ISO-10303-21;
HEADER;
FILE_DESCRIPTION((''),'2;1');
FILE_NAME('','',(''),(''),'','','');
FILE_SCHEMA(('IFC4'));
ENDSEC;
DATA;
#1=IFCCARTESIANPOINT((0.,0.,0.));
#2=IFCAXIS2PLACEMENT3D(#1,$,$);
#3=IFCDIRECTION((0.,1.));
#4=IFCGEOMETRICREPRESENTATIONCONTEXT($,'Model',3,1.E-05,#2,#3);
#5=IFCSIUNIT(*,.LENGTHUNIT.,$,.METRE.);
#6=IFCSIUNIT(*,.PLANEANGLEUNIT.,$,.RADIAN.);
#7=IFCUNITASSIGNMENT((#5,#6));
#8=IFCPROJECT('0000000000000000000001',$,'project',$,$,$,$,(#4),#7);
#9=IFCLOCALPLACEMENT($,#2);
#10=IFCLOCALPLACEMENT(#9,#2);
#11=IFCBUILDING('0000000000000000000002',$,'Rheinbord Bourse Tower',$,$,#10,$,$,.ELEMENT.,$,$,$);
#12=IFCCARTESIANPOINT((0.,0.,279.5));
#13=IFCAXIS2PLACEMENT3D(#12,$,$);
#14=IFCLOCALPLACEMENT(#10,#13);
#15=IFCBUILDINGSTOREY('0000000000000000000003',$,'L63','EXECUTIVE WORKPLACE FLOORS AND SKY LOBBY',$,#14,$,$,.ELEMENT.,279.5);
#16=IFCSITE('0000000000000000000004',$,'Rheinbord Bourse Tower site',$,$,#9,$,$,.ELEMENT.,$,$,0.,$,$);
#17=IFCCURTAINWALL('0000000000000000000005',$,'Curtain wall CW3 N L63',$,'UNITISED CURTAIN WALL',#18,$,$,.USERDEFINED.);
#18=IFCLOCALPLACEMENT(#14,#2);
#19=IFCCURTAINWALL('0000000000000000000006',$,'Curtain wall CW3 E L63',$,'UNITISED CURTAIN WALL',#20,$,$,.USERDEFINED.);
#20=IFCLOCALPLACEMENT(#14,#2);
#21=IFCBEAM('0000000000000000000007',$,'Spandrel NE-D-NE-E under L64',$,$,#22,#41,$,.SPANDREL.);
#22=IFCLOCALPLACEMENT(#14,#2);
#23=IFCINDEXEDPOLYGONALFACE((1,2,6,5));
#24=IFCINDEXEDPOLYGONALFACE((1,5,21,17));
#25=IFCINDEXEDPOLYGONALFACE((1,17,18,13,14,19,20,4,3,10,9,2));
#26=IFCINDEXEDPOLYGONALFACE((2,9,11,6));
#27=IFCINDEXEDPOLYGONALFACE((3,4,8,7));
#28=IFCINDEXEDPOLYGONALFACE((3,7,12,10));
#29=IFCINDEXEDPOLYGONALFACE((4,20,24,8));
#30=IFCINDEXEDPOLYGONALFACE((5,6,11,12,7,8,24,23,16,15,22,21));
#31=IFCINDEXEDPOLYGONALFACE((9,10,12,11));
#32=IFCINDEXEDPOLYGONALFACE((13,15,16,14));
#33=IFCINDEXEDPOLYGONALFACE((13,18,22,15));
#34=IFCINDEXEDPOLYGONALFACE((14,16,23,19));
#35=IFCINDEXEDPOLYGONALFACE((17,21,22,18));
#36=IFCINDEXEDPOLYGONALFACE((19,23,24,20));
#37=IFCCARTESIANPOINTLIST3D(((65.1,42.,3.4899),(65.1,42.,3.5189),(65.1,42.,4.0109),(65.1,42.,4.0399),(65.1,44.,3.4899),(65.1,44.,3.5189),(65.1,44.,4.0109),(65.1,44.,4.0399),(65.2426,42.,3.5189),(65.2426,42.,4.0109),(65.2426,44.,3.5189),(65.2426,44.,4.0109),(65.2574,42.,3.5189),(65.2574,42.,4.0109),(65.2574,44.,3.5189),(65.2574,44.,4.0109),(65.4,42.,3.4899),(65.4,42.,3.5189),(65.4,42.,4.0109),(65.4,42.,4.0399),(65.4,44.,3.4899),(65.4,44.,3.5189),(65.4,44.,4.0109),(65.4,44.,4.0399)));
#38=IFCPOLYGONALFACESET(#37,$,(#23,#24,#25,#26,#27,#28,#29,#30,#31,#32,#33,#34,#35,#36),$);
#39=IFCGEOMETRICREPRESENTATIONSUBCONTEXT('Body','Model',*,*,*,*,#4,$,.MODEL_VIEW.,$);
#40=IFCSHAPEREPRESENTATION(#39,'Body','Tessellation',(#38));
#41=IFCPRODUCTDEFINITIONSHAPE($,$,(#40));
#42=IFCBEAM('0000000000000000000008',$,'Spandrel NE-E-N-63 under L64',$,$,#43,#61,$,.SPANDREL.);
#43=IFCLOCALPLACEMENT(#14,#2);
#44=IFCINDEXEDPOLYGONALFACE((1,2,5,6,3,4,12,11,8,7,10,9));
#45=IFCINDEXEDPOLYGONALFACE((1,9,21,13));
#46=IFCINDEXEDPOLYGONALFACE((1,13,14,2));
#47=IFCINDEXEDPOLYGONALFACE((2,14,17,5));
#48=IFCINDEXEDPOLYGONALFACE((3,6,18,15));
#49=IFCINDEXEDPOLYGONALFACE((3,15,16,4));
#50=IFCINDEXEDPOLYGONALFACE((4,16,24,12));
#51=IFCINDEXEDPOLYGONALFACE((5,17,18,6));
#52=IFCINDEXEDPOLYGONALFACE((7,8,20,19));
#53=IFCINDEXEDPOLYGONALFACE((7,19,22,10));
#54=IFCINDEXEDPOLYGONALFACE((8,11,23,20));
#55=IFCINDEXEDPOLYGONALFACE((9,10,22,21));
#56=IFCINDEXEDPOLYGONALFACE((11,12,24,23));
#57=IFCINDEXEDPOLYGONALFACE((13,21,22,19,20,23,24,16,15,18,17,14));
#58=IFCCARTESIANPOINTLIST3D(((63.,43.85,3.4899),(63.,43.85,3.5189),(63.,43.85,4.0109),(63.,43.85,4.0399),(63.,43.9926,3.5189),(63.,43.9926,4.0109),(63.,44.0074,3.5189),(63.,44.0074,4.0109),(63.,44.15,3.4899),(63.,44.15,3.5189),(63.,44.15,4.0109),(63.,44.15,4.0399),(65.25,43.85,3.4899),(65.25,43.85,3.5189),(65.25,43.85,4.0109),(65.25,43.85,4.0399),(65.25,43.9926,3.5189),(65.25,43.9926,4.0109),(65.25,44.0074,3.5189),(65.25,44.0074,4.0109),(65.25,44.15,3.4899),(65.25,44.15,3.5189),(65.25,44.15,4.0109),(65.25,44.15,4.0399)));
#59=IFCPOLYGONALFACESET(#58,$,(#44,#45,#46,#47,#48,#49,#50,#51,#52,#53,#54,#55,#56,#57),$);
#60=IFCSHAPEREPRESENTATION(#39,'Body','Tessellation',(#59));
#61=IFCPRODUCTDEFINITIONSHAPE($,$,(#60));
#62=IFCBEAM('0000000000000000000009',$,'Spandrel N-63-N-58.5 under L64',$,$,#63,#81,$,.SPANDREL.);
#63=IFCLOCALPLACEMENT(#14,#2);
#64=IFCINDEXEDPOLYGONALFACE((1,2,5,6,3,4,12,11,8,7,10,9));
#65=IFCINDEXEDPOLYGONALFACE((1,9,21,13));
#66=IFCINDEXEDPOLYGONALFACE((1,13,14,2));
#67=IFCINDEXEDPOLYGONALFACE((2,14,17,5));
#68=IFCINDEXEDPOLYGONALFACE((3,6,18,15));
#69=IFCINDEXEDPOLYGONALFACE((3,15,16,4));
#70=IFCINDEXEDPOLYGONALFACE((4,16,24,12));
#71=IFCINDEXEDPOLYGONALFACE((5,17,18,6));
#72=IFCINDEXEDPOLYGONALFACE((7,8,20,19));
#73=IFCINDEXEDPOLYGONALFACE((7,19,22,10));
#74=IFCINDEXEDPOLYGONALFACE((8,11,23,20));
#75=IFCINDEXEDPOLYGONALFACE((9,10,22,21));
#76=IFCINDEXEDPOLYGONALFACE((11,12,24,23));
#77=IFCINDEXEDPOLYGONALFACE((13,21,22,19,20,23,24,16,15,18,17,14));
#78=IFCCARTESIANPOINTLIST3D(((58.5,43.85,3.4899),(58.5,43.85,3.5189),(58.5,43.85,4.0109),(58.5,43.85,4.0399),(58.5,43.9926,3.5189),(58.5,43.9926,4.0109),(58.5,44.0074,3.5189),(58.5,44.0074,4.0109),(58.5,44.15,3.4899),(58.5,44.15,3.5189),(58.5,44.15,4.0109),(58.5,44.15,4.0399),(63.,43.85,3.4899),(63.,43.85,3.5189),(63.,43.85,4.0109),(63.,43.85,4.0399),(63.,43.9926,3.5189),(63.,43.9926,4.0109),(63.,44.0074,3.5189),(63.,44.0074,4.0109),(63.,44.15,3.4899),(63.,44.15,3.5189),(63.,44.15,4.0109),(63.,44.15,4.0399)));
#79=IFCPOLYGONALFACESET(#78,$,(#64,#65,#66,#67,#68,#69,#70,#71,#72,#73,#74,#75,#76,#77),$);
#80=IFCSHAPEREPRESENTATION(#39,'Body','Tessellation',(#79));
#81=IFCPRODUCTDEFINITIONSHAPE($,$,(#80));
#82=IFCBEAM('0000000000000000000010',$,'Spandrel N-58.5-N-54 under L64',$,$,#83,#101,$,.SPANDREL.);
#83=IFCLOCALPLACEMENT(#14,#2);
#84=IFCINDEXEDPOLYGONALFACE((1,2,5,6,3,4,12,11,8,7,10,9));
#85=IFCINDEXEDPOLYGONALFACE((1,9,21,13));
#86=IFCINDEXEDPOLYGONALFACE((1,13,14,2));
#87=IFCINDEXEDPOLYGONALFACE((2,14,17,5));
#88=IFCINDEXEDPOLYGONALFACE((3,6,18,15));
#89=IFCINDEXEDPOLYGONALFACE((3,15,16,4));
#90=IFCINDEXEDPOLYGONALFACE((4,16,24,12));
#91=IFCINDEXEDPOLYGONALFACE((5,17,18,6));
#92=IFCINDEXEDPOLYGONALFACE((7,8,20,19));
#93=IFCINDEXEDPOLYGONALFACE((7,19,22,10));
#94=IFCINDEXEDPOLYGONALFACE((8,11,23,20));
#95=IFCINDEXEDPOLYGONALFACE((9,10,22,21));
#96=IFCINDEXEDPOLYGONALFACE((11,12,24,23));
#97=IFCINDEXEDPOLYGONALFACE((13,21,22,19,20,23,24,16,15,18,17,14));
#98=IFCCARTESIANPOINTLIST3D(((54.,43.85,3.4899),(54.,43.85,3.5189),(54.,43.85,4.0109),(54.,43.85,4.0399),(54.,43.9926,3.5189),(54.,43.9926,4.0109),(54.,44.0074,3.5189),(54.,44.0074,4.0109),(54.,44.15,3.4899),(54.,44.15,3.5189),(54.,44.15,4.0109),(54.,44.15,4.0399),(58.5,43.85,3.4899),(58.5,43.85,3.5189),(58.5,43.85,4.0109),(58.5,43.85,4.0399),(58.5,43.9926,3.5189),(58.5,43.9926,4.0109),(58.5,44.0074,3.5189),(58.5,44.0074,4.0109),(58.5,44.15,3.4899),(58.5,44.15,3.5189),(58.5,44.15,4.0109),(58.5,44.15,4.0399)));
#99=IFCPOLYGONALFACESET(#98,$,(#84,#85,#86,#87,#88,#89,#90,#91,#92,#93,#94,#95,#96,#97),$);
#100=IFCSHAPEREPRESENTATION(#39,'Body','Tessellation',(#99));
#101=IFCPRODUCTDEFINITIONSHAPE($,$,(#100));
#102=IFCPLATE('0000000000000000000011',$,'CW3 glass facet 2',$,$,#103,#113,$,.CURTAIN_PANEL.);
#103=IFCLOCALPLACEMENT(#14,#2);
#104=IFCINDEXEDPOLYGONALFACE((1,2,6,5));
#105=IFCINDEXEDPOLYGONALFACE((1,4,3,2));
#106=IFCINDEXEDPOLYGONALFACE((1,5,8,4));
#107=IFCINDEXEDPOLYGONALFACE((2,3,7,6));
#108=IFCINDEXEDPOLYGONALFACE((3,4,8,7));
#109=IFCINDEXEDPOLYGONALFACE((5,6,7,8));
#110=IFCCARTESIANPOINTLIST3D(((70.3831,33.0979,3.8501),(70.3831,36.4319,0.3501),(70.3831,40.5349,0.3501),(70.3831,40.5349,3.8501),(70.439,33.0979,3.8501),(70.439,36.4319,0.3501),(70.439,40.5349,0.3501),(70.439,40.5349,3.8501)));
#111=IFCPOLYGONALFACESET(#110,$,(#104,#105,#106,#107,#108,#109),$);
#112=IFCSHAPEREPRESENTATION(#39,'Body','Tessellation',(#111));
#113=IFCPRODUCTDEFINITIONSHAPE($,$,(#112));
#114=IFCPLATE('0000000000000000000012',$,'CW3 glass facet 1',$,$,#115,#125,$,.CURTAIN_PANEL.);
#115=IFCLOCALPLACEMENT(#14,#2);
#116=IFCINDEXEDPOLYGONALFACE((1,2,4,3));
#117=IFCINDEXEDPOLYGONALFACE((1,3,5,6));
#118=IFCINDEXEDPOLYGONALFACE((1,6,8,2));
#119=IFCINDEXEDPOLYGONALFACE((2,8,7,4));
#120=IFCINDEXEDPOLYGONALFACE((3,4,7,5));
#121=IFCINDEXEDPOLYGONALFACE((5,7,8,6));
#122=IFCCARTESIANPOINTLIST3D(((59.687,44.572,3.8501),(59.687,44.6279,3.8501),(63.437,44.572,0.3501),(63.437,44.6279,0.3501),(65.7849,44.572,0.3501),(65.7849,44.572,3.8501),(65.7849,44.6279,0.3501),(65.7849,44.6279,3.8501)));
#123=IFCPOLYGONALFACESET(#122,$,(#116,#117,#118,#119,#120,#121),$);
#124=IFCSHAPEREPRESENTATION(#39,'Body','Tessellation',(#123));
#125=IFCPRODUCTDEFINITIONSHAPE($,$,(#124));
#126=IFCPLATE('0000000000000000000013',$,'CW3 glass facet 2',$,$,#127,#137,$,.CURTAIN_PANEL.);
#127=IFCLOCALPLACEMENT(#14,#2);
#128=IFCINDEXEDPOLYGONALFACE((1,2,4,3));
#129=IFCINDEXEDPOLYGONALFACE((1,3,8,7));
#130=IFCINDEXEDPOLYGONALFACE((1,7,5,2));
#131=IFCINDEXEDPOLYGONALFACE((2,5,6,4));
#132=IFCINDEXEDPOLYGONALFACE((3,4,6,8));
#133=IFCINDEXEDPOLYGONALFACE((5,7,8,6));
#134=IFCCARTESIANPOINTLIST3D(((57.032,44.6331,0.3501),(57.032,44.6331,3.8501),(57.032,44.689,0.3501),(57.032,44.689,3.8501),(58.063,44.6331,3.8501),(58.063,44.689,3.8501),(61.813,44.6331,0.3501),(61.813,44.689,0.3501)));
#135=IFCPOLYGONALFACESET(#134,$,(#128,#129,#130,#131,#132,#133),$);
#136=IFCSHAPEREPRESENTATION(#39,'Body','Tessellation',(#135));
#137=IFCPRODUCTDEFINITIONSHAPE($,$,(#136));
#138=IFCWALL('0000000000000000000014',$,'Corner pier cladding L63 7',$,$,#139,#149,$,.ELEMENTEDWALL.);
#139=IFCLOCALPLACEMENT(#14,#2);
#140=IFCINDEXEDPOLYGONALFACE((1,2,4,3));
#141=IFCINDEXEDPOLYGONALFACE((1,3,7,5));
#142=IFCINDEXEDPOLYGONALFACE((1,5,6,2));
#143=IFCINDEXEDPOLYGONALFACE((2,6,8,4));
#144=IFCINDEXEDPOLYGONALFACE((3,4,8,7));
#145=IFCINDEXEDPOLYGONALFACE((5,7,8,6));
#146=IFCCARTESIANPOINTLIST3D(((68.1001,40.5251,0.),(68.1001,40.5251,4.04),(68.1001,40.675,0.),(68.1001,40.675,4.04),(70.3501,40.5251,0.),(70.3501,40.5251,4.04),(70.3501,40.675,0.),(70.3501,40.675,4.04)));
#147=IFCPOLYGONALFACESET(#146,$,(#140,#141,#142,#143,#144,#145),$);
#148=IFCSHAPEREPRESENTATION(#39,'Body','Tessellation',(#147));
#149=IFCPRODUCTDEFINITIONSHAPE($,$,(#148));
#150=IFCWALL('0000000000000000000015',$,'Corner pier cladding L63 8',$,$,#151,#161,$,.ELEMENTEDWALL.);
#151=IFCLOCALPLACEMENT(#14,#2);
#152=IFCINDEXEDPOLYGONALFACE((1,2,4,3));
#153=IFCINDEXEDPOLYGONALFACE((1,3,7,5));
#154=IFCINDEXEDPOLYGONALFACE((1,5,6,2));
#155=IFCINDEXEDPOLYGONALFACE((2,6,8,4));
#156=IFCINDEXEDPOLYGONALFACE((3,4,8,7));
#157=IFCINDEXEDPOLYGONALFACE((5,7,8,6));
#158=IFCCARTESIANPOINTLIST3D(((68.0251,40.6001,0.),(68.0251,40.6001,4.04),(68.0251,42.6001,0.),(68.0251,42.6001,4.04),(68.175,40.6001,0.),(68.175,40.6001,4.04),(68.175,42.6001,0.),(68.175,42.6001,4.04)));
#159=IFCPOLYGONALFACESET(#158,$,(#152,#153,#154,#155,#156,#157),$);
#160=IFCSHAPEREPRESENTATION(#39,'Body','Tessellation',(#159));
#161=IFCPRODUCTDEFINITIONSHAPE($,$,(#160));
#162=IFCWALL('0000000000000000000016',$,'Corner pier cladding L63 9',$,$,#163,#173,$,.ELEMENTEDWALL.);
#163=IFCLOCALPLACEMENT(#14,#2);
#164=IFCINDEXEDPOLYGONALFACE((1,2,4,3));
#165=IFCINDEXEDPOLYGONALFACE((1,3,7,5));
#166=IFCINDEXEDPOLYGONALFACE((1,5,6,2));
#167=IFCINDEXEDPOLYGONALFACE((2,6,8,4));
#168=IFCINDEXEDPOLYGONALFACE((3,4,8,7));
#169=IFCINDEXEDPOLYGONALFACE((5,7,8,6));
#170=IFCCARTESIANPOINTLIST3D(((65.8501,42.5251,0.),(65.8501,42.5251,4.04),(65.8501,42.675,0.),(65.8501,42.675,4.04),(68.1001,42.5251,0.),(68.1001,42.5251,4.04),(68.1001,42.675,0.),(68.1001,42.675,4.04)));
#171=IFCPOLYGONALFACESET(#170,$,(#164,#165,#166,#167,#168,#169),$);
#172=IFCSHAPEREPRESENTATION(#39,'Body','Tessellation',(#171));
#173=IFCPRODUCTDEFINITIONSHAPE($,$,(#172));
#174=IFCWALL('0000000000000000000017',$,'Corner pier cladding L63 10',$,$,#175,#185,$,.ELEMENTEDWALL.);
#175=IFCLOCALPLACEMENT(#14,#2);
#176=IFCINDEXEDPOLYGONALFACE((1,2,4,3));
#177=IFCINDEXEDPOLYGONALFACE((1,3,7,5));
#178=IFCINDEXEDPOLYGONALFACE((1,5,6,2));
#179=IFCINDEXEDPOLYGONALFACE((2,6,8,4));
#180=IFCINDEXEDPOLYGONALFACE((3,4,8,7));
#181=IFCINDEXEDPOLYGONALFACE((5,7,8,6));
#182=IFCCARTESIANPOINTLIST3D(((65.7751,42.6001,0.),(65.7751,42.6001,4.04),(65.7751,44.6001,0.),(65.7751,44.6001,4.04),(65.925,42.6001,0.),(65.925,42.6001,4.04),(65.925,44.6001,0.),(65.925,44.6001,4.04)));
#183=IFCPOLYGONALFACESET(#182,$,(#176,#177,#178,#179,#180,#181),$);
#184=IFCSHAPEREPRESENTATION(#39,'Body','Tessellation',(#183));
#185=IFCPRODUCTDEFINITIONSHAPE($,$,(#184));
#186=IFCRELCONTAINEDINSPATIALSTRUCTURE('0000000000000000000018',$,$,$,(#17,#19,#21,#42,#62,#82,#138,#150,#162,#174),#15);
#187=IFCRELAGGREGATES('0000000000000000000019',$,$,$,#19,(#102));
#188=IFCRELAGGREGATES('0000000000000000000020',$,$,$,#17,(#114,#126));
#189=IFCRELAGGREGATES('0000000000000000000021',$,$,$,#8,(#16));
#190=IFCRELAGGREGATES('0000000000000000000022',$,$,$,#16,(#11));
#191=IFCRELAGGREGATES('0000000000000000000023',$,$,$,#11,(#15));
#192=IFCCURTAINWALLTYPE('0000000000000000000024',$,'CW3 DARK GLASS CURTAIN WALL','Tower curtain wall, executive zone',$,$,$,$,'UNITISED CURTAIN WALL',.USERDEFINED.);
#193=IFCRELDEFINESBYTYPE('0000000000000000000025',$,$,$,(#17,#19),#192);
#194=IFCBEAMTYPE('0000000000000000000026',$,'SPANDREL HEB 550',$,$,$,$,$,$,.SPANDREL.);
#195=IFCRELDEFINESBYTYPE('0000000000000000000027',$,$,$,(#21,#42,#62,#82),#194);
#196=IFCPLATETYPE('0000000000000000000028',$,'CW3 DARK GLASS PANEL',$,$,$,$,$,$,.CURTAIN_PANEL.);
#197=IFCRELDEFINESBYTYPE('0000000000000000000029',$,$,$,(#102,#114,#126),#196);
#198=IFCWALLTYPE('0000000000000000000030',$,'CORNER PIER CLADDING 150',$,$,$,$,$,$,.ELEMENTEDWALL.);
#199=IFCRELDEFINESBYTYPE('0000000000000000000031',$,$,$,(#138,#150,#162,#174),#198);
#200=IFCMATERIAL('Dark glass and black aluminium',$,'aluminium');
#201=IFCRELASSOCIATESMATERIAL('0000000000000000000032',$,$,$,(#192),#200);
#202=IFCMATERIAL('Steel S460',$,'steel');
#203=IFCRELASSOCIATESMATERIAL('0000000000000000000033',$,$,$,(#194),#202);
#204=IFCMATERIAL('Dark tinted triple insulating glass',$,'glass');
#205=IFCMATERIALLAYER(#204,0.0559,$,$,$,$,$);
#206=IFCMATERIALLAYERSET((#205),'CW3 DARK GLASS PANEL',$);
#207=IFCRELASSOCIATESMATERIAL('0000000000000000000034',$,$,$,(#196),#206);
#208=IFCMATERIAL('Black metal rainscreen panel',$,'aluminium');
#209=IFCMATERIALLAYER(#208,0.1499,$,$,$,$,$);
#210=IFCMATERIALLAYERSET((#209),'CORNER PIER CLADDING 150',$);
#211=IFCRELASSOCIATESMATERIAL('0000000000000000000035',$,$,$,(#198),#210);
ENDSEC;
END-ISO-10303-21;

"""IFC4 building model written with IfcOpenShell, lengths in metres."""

from ifc_helpers import new_model, si_unit, direction, frame, frame_2d, origin, origin_2d, place, context, subcontext, project, spatial, polyline, rectangle, i_section, outline, extrude, material, layer, layer_set, material_profile, profile_set, type_object, element, aggregate, save


model = new_model("IFC4")

# Units and contexts
model_context = context("Model", 3, precision=1e-05, world=origin(), true_north=direction((0.0, 1.0)))
body_context = subcontext(model_context, "Body", "Model", "MODEL_VIEW")
ifc_project = project(units=[si_unit("LENGTHUNIT", "METRE"), si_unit("PLANEANGLEUNIT", "RADIAN")], contexts=[model_context])

# Site, building, storey
site_placement = place(None, origin())
site = spatial("IfcSite", under=ifc_project, at=site_placement, Name="Rheinbord Bourse Tower site", CompositionType="ELEMENT", RefElevation=0.0)
building_placement = place(site_placement, origin())
building = spatial("IfcBuilding", under=site, at=building_placement, Name="Rheinbord Bourse Tower", CompositionType="ELEMENT")
storey_placement = place(building_placement, frame((0.0, 0.0, 279.5)))
storey = spatial("IfcBuildingStorey", under=building, at=storey_placement, Name="L63", Description="EXECUTIVE WORKPLACE FLOORS AND SKY LOBBY", CompositionType="ELEMENT", Elevation=279.5)

# Curtain walls
ifc_material_1 = material(Name="Dark glass and black aluminium", Category="aluminium")
curtain_wall_type = type_object("IfcCurtainWallType", Name="CW3 DARK GLASS CURTAIN WALL", Description="Tower curtain wall, executive zone", ElementType="UNITISED CURTAIN WALL", PredefinedType="USERDEFINED", material=ifc_material_1)
curtain_wall_1_placement = place(storey_placement, origin())
curtain_wall_1 = element("IfcCurtainWall", 1, at=curtain_wall_1_placement, inside=storey, type_object=curtain_wall_type, Name="Curtain wall CW3 N L63", ObjectType="UNITISED CURTAIN WALL", PredefinedType="USERDEFINED")
curtain_wall_2_placement = place(storey_placement, origin())
curtain_wall_2 = element("IfcCurtainWall", 2, at=curtain_wall_2_placement, inside=storey, type_object=curtain_wall_type, Name="Curtain wall CW3 E L63", ObjectType="UNITISED CURTAIN WALL", PredefinedType="USERDEFINED")

# Beams
ifc_material_2 = material(Name="Steel S460", Category="steel")
ifc_material_profile_1 = material_profile(ifc_material_2, i_section(OverallWidth=0.3, OverallDepth=0.55, WebThickness=0.0149, FlangeThickness=0.0291, at=origin_2d()), Name="HEB 550")
ifc_profile_set_1 = profile_set([ifc_material_profile_1], Name="Steel S460")
beam_type_1 = type_object("IfcBeamType", Name="SPANDREL HEB 550", PredefinedType="SPANDREL", material=ifc_profile_set_1)
beam_1_placement = place(storey_placement, frame((65.25, 42.0, 3.7649), z_axis=(0.0, 1.0, 0.0), x_axis=(-1.0, 0.0, 0.0)))
element("IfcBeam", 3, at=beam_1_placement, inside=storey, type_object=beam_type_1, Name="Spandrel NE-D-NE-E under L64", PredefinedType="SPANDREL", context=body_context, shape_type="SweptSolid", body=[
    extrude(i_section(OverallWidth=0.3, OverallDepth=0.55, WebThickness=0.0149, FlangeThickness=0.0291, at=origin_2d()), origin(), (0.0, 0.0, 1.0), 2.0),
])
beam_2_placement = place(storey_placement, frame((65.25, 44.0, 3.7649), z_axis=(-1.0, 0.0, 0.0), x_axis=(0.0, -1.0, 0.0)))
element("IfcBeam", 4, at=beam_2_placement, inside=storey, type_object=beam_type_1, Name="Spandrel NE-E-N-63 under L64", PredefinedType="SPANDREL", context=body_context, shape_type="SweptSolid", body=[
    extrude(i_section(OverallWidth=0.3, OverallDepth=0.55, WebThickness=0.0149, FlangeThickness=0.0291, at=origin_2d()), origin(), (0.0, 0.0, 1.0), 2.25),
])
for number, where, z_axis, x_axis, name in (
    (5, (63.0, 44.0, 3.7649), (-1.0, 0.0, 0.0), (0.0, -1.0, 0.0), "Spandrel N-63-N-58.5 under L64"),
    (6, (58.5, 44.0, 3.7649), (-1.0, 0.0, 0.0), (0.0, -1.0, 0.0), "Spandrel N-58.5-N-54 under L64"),
):
    element("IfcBeam", number, at=place(storey_placement, frame(where, z_axis=z_axis, x_axis=x_axis)), inside=storey, type_object=beam_type_1, Name=name, PredefinedType="SPANDREL", context=body_context, shape_type="SweptSolid", body=[
        extrude(i_section(OverallWidth=0.3, OverallDepth=0.55, WebThickness=0.0149, FlangeThickness=0.0291, at=origin_2d()), origin(), (0.0, 0.0, 1.0), 4.5),
    ])

# Plates
ifc_material_3 = material(Name="Dark tinted triple insulating glass", Category="glass")
ifc_layer_1 = layer(ifc_material_3, 0.0559)
ifc_layer_set_1 = layer_set([ifc_layer_1], Name="CW3 DARK GLASS PANEL")
plate_type = type_object("IfcPlateType", Name="CW3 DARK GLASS PANEL", PredefinedType="CURTAIN_PANEL", material=ifc_layer_set_1)
plate_1_placement = place(storey_placement, frame((70.439, 40.5349, 3.8501), z_axis=(-1.0, 0.0, 0.0), x_axis=(0.0, 0.0, -1.0)))
plate_1 = element("IfcPlate", 7, at=plate_1_placement, type_object=plate_type, Name="CW3 glass facet 2", PredefinedType="CURTAIN_PANEL", context=body_context, shape_type="SweptSolid", body=[
    extrude(outline(polyline([(0.0, 0.0), (3.5, 0.0), (3.5, 4.103), (0.0, 7.437), (0.0, 0.0)])), origin(), (0.0, 0.0, 1.0), 0.0559),
])
aggregate(curtain_wall_2, [plate_1])
plate_2_placement = place(storey_placement, frame((65.7849, 44.6279, 0.3501), z_axis=(0.0, -1.0, 0.0), x_axis=(0.0, 0.0, 1.0)))
plate_2 = element("IfcPlate", 8, at=plate_2_placement, type_object=plate_type, Name="CW3 glass facet 1", PredefinedType="CURTAIN_PANEL", context=body_context, shape_type="SweptSolid", body=[
    extrude(outline(polyline([(0.0, 0.0), (3.5, 0.0), (3.5, 6.0979), (0.0, 2.3479), (0.0, 0.0)])), origin(), (0.0, 0.0, 1.0), 0.0559),
])
plate_3_placement = place(storey_placement, frame((57.032, 44.689, 3.8501), z_axis=(0.0, -1.0, 0.0), x_axis=(0.0, 0.0, -1.0)))
plate_3 = element("IfcPlate", 9, at=plate_3_placement, type_object=plate_type, Name="CW3 glass facet 2", PredefinedType="CURTAIN_PANEL", context=body_context, shape_type="SweptSolid", body=[
    extrude(outline(polyline([(0.0, 0.0), (3.5, 0.0), (3.5, 4.781), (0.0, 1.031), (0.0, 0.0)])), origin(), (0.0, 0.0, 1.0), 0.0559),
])
aggregate(curtain_wall_1, [plate_2, plate_3])

# Walls
ifc_material_4 = material(Name="Black metal rainscreen panel", Category="aluminium")
ifc_layer_2 = layer(ifc_material_4, 0.1499)
ifc_layer_set_2 = layer_set([ifc_layer_2], Name="CORNER PIER CLADDING 150")
wall_type = type_object("IfcWallType", Name="CORNER PIER CLADDING 150", PredefinedType="ELEMENTEDWALL", material=ifc_layer_set_2)
wall_1_placement = place(storey_placement, frame((70.3501, 40.6001, 0.0), z_axis=(0.0, 0.0, 1.0), x_axis=(-1.0, 0.0, 0.0)))
element("IfcWall", 10, at=wall_1_placement, inside=storey, type_object=wall_type, Name="Corner pier cladding L63 7", PredefinedType="ELEMENTEDWALL", context=body_context, shape_type="SweptSolid", body=[
    extrude(rectangle(XDim=2.25, YDim=0.1499, at=frame_2d((1.125, 0.0))), origin(), (0.0, 0.0, 1.0), 4.04),
])
wall_2_placement = place(storey_placement, frame((68.1001, 40.6001, 0.0), z_axis=(0.0, 0.0, 1.0), x_axis=(0.0, 1.0, 0.0)))
element("IfcWall", 11, at=wall_2_placement, inside=storey, type_object=wall_type, Name="Corner pier cladding L63 8", PredefinedType="ELEMENTEDWALL", context=body_context, shape_type="SweptSolid", body=[
    extrude(rectangle(XDim=2.0, YDim=0.1499, at=frame_2d((1.0, 0.0))), origin(), (0.0, 0.0, 1.0), 4.04),
])
wall_3_placement = place(storey_placement, frame((68.1001, 42.6001, 0.0), z_axis=(0.0, 0.0, 1.0), x_axis=(-1.0, 0.0, 0.0)))
element("IfcWall", 12, at=wall_3_placement, inside=storey, type_object=wall_type, Name="Corner pier cladding L63 9", PredefinedType="ELEMENTEDWALL", context=body_context, shape_type="SweptSolid", body=[
    extrude(rectangle(XDim=2.25, YDim=0.1499, at=frame_2d((1.125, 0.0))), origin(), (0.0, 0.0, 1.0), 4.04),
])
wall_4_placement = place(storey_placement, frame((65.8501, 42.6001, 0.0), z_axis=(0.0, 0.0, 1.0), x_axis=(0.0, 1.0, 0.0)))
element("IfcWall", 13, at=wall_4_placement, inside=storey, type_object=wall_type, Name="Corner pier cladding L63 10", PredefinedType="ELEMENTEDWALL", context=body_context, shape_type="SweptSolid", body=[
    extrude(rectangle(XDim=2.0, YDim=0.1499, at=frame_2d((1.0, 0.0))), origin(), (0.0, 0.0, 1.0), 4.04),
])

save(model, "model.ifc")
